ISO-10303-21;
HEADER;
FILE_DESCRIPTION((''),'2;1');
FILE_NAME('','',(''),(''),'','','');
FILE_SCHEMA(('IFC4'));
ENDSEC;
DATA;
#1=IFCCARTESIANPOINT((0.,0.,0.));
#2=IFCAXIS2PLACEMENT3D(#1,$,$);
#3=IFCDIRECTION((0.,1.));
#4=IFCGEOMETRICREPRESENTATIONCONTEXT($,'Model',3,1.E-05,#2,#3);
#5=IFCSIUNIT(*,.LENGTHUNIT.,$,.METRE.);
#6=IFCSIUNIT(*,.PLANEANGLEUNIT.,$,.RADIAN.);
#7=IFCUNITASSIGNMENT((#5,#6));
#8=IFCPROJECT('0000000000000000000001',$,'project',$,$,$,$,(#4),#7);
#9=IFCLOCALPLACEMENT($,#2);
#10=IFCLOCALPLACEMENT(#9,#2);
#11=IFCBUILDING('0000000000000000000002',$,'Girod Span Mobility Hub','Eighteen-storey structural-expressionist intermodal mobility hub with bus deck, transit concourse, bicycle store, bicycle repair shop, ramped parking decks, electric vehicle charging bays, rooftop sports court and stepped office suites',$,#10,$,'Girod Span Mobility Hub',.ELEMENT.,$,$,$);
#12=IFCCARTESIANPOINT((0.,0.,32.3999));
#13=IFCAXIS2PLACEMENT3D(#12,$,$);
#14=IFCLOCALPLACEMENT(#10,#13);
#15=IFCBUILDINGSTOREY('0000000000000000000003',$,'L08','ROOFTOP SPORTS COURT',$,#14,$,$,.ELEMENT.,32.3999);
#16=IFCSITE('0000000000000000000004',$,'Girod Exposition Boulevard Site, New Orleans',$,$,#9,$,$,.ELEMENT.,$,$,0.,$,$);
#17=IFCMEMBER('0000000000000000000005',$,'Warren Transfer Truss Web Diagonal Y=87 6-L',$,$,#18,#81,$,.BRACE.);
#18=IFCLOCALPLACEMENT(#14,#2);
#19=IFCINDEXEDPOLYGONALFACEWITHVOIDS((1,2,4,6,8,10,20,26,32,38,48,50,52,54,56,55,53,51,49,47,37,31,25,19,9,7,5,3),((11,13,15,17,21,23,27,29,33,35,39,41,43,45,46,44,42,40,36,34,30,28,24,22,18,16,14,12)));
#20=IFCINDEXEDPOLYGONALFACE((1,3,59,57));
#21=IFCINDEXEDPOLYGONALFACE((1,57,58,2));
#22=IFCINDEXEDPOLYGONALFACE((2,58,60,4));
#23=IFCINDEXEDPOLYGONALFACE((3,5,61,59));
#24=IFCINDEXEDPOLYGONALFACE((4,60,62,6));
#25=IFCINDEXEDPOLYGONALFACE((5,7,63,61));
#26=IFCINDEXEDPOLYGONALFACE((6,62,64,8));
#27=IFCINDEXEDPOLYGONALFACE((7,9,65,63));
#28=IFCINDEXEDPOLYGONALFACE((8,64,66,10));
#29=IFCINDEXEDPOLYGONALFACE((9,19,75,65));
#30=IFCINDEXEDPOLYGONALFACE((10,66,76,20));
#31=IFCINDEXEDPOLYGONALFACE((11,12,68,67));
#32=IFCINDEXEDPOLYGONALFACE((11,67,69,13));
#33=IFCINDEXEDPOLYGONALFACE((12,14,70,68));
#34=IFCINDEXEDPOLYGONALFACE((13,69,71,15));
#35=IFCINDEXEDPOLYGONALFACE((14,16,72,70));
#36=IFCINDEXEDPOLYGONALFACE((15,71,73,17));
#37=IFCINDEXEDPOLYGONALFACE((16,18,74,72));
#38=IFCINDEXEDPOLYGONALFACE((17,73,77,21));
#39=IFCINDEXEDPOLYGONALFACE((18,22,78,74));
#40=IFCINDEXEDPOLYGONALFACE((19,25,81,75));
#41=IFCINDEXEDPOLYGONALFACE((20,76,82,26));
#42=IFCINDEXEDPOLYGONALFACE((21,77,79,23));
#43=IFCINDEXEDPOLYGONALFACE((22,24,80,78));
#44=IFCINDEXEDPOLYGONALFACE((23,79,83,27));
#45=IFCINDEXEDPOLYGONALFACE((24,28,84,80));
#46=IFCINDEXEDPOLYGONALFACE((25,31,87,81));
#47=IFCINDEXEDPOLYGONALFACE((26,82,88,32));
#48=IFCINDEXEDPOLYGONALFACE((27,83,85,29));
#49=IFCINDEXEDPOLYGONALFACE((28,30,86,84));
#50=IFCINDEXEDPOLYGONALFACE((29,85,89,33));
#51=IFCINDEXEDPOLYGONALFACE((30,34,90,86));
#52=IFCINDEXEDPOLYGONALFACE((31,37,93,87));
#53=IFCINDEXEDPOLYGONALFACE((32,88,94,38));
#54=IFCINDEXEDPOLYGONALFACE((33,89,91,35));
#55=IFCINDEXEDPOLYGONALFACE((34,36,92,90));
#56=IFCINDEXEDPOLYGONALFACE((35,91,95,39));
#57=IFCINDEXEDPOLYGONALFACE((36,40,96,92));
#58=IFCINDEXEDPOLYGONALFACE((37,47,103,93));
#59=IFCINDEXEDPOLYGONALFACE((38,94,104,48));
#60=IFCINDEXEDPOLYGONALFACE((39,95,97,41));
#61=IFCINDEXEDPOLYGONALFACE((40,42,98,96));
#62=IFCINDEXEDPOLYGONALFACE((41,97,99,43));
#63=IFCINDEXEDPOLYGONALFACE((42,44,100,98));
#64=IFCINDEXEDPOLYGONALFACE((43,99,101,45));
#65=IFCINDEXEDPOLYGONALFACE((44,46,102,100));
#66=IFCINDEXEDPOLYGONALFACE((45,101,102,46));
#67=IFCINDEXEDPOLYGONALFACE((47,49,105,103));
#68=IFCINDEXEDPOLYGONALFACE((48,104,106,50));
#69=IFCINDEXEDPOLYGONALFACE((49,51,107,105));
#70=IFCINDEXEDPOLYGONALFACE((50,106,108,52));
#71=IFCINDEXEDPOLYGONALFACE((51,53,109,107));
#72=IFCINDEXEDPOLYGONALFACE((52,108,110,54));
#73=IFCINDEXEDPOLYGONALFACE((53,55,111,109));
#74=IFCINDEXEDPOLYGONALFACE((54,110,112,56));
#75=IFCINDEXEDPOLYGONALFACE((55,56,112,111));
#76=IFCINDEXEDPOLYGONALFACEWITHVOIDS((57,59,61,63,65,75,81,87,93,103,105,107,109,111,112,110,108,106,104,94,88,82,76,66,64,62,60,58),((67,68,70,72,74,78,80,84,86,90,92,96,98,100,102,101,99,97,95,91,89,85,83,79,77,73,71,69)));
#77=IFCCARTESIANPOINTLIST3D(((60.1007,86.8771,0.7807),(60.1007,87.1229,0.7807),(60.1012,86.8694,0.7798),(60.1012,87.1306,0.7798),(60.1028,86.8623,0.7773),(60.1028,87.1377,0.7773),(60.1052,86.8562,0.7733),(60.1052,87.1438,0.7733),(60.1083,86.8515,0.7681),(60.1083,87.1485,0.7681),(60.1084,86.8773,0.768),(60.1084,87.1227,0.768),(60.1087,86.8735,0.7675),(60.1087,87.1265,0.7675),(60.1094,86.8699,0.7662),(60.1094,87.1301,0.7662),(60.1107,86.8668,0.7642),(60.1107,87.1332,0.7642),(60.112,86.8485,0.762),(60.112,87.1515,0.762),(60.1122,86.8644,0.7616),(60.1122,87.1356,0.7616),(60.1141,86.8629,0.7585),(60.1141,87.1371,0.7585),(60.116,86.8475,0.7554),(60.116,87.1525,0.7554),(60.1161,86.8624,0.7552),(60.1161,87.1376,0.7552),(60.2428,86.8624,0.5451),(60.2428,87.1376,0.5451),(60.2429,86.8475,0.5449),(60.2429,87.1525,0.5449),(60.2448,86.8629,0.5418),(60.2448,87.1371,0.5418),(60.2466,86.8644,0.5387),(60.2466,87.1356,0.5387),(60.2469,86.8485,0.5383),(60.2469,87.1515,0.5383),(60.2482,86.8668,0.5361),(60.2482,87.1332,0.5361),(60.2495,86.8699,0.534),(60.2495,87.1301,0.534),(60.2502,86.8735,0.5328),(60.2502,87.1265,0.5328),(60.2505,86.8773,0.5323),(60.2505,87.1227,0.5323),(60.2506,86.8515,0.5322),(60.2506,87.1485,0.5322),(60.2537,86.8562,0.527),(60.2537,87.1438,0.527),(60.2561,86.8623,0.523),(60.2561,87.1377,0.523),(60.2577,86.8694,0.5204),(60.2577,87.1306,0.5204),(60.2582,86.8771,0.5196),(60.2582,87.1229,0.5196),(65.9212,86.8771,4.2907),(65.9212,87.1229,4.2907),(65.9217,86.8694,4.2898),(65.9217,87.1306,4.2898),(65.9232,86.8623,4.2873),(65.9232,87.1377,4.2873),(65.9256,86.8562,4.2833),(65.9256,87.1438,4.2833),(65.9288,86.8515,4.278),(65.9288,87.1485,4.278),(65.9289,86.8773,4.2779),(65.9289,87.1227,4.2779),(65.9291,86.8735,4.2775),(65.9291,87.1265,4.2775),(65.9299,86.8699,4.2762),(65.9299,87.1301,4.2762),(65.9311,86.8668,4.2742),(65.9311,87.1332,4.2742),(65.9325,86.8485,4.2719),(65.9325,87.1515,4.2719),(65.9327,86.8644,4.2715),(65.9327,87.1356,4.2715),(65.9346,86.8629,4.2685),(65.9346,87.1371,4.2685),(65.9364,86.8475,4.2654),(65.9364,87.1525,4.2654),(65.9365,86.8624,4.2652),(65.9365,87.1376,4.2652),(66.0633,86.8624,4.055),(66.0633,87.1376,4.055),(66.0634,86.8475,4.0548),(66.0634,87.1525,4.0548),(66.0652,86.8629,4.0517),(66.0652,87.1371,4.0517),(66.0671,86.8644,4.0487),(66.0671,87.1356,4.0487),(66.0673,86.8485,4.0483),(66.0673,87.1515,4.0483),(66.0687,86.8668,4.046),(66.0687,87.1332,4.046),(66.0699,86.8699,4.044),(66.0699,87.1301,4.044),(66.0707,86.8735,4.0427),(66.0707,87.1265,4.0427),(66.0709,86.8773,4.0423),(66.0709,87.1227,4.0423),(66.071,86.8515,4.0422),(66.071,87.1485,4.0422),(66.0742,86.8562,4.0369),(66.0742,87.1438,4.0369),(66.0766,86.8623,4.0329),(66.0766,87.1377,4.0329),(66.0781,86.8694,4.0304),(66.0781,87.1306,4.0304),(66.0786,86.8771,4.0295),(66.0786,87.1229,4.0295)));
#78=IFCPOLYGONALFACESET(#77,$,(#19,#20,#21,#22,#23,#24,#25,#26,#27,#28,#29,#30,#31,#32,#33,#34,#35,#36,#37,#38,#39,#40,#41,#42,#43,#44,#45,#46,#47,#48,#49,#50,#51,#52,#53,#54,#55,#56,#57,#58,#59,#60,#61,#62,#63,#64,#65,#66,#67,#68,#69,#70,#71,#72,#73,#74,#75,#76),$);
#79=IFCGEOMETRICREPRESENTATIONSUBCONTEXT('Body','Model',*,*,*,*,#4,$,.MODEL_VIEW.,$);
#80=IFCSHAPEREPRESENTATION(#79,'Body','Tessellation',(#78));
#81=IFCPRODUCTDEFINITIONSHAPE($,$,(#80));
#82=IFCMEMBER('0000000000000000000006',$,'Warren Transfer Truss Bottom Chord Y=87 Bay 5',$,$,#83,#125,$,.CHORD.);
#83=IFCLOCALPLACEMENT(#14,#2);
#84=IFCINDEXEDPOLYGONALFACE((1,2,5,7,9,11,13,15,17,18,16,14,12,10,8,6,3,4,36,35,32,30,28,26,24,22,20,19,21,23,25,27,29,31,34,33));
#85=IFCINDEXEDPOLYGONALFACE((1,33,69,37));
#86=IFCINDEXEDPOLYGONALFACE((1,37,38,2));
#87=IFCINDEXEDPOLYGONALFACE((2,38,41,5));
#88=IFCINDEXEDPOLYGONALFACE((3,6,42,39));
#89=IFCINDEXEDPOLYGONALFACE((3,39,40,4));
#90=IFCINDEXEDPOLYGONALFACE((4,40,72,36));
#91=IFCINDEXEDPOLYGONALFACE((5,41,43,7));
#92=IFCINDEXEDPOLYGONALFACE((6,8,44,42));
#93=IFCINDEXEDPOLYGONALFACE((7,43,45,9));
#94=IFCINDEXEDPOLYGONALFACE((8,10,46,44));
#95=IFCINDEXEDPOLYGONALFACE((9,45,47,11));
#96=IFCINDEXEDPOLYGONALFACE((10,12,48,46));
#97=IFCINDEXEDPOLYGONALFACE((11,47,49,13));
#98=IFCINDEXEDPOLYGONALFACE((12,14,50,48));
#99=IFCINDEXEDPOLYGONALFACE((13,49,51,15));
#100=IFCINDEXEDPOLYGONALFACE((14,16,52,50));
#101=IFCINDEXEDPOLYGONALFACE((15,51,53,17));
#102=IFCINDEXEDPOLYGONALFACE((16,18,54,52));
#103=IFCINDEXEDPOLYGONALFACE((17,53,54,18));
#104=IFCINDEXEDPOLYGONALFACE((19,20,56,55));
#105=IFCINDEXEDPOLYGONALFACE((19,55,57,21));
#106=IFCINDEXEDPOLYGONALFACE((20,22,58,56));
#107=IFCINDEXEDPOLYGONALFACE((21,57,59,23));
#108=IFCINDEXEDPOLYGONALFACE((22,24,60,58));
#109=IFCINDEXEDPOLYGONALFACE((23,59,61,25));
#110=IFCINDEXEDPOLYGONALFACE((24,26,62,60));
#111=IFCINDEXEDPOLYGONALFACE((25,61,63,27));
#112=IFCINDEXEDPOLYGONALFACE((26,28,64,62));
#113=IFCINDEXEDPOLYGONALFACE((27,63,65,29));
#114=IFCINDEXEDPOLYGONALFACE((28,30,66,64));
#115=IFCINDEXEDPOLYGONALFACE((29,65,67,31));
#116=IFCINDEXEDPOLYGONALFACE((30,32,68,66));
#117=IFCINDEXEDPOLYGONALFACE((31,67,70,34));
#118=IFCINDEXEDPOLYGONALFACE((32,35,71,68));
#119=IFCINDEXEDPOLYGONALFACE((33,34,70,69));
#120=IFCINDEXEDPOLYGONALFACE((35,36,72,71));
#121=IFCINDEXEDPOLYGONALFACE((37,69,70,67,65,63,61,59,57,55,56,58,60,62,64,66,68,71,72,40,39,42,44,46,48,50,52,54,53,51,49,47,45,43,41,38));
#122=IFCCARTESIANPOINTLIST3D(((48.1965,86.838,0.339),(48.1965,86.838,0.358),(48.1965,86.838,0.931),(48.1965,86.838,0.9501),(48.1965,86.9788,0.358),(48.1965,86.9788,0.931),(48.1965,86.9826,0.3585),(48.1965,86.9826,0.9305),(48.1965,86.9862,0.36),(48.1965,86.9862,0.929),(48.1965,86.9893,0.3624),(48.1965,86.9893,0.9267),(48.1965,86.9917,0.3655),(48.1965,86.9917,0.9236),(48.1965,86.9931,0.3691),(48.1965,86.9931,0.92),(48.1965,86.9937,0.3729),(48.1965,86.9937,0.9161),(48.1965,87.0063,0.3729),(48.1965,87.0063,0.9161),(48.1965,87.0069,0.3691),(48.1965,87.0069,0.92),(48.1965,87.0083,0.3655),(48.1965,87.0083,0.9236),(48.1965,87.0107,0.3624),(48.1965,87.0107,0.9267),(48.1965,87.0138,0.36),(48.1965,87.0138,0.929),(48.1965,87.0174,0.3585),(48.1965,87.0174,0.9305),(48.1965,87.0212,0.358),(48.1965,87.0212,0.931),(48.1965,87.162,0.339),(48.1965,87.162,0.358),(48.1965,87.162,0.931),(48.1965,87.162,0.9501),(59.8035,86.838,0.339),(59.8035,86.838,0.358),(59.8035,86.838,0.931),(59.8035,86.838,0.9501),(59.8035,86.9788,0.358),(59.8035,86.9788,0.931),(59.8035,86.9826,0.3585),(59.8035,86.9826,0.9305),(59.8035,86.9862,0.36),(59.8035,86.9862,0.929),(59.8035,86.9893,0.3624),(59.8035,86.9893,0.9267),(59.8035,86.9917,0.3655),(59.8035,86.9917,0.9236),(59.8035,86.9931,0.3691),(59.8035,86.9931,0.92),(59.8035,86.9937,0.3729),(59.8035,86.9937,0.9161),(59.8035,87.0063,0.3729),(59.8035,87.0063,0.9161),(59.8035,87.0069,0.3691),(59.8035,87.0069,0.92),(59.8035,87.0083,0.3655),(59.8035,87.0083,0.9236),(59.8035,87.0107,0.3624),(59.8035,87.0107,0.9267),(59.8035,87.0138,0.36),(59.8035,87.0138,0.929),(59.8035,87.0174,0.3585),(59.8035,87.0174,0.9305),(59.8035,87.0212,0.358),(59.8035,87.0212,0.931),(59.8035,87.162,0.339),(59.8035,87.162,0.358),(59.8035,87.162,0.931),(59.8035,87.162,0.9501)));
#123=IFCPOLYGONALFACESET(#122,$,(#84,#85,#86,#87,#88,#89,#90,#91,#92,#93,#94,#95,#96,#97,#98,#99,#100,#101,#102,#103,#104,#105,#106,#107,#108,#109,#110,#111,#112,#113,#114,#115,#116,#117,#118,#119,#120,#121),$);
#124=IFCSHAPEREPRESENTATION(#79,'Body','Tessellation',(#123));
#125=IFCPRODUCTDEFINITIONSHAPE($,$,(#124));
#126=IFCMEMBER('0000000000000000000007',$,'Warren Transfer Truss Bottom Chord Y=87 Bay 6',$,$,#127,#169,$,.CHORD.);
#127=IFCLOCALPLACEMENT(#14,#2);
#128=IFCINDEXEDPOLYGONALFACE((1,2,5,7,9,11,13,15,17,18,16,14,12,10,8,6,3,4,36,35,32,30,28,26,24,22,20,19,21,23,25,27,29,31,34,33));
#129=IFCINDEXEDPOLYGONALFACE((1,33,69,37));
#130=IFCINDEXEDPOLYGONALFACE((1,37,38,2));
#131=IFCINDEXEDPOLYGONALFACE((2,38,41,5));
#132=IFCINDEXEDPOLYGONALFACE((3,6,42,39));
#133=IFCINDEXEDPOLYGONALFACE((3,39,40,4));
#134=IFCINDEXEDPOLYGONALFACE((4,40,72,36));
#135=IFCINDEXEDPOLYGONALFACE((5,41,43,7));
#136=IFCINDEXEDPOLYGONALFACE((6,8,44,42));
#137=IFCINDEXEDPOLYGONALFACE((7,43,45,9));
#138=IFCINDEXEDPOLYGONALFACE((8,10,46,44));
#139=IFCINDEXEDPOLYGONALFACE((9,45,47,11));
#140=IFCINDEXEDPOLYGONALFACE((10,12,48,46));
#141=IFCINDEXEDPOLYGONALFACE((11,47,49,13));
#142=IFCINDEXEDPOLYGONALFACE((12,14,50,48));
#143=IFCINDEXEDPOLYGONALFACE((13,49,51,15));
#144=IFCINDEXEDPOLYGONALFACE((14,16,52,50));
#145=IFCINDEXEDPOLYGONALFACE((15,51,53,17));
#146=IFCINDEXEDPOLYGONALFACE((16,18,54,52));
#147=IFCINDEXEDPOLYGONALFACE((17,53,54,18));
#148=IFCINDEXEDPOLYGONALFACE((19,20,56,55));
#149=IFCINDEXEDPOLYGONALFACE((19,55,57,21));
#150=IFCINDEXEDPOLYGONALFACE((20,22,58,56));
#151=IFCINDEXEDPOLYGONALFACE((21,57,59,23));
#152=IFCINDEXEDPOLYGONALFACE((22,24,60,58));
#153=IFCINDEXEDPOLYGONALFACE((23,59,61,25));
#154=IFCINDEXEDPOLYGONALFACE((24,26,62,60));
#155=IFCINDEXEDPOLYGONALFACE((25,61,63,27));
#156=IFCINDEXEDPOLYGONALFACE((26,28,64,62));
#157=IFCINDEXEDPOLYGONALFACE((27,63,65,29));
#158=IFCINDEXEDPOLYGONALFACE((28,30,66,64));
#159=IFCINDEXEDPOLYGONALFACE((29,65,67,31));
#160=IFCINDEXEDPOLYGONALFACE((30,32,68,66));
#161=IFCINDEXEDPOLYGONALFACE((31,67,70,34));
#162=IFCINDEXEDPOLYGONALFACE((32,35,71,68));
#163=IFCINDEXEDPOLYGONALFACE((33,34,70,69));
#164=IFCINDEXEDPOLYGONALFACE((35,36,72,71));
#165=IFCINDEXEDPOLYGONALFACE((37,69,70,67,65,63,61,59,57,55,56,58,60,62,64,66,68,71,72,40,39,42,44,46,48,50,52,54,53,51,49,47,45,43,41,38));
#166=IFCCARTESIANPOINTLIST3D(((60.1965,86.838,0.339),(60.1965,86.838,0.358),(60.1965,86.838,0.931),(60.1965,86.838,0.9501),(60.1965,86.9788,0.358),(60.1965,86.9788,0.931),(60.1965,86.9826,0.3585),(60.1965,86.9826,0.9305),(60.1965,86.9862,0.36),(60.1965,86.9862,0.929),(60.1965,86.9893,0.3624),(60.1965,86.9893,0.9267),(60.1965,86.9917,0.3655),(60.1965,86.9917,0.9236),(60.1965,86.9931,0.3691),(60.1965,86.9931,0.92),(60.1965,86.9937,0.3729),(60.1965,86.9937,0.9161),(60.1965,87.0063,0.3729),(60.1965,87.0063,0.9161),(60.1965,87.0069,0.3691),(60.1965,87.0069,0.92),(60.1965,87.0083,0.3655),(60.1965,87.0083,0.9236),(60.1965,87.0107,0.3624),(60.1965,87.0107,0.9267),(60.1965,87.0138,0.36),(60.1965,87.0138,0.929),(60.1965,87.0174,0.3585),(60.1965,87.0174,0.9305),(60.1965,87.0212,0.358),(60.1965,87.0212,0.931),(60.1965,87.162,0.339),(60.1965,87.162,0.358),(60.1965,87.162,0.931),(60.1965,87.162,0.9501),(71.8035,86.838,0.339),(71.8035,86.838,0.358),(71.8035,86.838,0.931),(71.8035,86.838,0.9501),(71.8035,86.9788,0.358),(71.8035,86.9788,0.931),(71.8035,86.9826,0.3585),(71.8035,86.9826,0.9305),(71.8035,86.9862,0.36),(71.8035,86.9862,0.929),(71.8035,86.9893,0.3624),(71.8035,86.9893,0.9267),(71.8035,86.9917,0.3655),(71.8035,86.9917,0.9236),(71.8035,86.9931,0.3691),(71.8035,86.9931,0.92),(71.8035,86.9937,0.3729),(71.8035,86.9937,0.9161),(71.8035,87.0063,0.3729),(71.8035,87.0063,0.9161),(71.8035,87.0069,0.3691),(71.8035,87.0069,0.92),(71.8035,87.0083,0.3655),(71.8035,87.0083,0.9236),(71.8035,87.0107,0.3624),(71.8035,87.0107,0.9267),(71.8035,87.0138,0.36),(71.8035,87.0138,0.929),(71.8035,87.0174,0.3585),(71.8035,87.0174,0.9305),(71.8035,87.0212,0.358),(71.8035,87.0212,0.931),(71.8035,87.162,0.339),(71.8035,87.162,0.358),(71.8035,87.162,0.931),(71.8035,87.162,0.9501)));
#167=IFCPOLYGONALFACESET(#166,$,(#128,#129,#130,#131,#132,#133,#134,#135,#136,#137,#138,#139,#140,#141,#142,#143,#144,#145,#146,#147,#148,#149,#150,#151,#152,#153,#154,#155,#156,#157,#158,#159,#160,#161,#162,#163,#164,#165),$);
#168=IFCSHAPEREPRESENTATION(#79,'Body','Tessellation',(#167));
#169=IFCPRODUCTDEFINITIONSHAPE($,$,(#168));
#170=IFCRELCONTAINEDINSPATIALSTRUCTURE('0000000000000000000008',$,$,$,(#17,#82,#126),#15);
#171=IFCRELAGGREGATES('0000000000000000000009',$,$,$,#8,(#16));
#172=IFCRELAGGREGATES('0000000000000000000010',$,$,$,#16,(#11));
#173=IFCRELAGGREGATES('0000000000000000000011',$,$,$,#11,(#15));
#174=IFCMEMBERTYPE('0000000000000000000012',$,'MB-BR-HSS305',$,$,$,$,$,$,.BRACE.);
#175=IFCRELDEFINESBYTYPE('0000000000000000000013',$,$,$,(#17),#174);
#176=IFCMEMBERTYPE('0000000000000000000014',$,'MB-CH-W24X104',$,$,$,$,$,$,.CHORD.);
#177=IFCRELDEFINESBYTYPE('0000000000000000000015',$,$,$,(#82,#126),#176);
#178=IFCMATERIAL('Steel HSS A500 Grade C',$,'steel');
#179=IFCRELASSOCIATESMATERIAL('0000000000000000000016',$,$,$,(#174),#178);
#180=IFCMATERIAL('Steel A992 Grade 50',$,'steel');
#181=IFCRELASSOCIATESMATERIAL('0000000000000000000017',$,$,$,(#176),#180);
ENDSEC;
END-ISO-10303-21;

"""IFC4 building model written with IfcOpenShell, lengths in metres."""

from ifc_helpers import new_model, si_unit, direction, frame, origin, origin_2d, place, context, subcontext, project, spatial, hollow_rectangle, i_section, extrude, material, material_profile, profile_set, type_object, element, save


model = new_model("IFC4")

# Units and contexts
model_context = context("Model", 3, precision=1e-05, world=origin(), true_north=direction((0.0, 1.0)))
body_context = subcontext(model_context, "Body", "Model", "MODEL_VIEW")
ifc_project = project(units=[si_unit("LENGTHUNIT", "METRE"), si_unit("PLANEANGLEUNIT", "RADIAN")], contexts=[model_context])

# Site, building, storey
site_placement = place(None, origin())
site = spatial("IfcSite", under=ifc_project, at=site_placement, Name="Girod Exposition Boulevard Site, New Orleans", CompositionType="ELEMENT", RefElevation=0.0)
building_placement = place(site_placement, origin())
building = spatial("IfcBuilding", under=site, at=building_placement, Name="Girod Span Mobility Hub", Description="Eighteen-storey structural-expressionist intermodal mobility hub with bus deck, transit concourse, bicycle store, bicycle repair shop, ramped parking decks, electric vehicle charging bays, rooftop sports court and stepped office suites", LongName="Girod Span Mobility Hub", CompositionType="ELEMENT")
storey_placement = place(building_placement, frame((0.0, 0.0, 32.3999)))
storey = spatial("IfcBuildingStorey", under=building, at=storey_placement, Name="L08", Description="ROOFTOP SPORTS COURT", CompositionType="ELEMENT", Elevation=32.3999)

# Members
ifc_material_1 = material(Name="Steel HSS A500 Grade C", Category="steel")
ifc_material_profile_1 = material_profile(ifc_material_1, hollow_rectangle(XDim=0.3049, YDim=0.3049, WallThickness=0.0149, InnerFilletRadius=0.0149, OuterFilletRadius=0.0295, at=origin_2d()), Name="HSS305X305X16")
ifc_profile_set_1 = profile_set([ifc_material_profile_1], Name="Steel HSS A500 Grade C")
member_type_1 = type_object("IfcMemberType", Name="MB-BR-HSS305", PredefinedType="BRACE", material=ifc_profile_set_1)
for number, where, z_axis, x_axis, name in (
    (1, (60.1794, 87.0, 0.6501), (0.856344, 0.0, 0.516407), (0.0, 1.0, 0.0), "Warren Transfer Truss Web Diagonal Y=87 6-L"),
):
    element("IfcMember", number, at=place(storey_placement, frame(where, z_axis=z_axis, x_axis=x_axis)), inside=storey, type_object=member_type_1, Name=name, PredefinedType="BRACE", context=body_context, shape_type="SweptSolid", body=[
        extrude(hollow_rectangle(XDim=0.3049, YDim=0.3049, WallThickness=0.0149, InnerFilletRadius=0.0149, OuterFilletRadius=0.0295, at=origin_2d()), origin(), (0.0, 0.0, 1.0), 6.7969),
    ])
ifc_material_2 = material(Name="Steel A992 Grade 50", Category="steel")
ifc_material_profile_2 = material_profile(ifc_material_2, i_section(OverallWidth=0.324, OverallDepth=0.6111, WebThickness=0.0127, FlangeThickness=0.019, FilletRadius=0.0149, at=origin_2d()), Name="W24X104")
ifc_profile_set_2 = profile_set([ifc_material_profile_2], Name="Steel A992 Grade 50")
member_type_2 = type_object("IfcMemberType", Name="MB-CH-W24X104", PredefinedType="CHORD", material=ifc_profile_set_2)
for number, where, z_axis, x_axis, name in (
    (2, (48.1965, 87.0, 0.6445), (1.0, 0.0, 0.0), (0.0, 1.0, 0.0), "Warren Transfer Truss Bottom Chord Y=87 Bay 5"),
    (3, (60.1965, 87.0, 0.6445), (1.0, 0.0, 0.0), (0.0, 1.0, 0.0), "Warren Transfer Truss Bottom Chord Y=87 Bay 6"),
):
    element("IfcMember", number, at=place(storey_placement, frame(where, z_axis=z_axis, x_axis=x_axis)), inside=storey, type_object=member_type_2, Name=name, PredefinedType="CHORD", context=body_context, shape_type="SweptSolid", body=[
        extrude(i_section(OverallWidth=0.324, OverallDepth=0.6111, WebThickness=0.0127, FlangeThickness=0.019, FilletRadius=0.0149, at=origin_2d()), origin(), (0.0, 0.0, 1.0), 11.6069),
    ])

save(model, "model.ifc")
